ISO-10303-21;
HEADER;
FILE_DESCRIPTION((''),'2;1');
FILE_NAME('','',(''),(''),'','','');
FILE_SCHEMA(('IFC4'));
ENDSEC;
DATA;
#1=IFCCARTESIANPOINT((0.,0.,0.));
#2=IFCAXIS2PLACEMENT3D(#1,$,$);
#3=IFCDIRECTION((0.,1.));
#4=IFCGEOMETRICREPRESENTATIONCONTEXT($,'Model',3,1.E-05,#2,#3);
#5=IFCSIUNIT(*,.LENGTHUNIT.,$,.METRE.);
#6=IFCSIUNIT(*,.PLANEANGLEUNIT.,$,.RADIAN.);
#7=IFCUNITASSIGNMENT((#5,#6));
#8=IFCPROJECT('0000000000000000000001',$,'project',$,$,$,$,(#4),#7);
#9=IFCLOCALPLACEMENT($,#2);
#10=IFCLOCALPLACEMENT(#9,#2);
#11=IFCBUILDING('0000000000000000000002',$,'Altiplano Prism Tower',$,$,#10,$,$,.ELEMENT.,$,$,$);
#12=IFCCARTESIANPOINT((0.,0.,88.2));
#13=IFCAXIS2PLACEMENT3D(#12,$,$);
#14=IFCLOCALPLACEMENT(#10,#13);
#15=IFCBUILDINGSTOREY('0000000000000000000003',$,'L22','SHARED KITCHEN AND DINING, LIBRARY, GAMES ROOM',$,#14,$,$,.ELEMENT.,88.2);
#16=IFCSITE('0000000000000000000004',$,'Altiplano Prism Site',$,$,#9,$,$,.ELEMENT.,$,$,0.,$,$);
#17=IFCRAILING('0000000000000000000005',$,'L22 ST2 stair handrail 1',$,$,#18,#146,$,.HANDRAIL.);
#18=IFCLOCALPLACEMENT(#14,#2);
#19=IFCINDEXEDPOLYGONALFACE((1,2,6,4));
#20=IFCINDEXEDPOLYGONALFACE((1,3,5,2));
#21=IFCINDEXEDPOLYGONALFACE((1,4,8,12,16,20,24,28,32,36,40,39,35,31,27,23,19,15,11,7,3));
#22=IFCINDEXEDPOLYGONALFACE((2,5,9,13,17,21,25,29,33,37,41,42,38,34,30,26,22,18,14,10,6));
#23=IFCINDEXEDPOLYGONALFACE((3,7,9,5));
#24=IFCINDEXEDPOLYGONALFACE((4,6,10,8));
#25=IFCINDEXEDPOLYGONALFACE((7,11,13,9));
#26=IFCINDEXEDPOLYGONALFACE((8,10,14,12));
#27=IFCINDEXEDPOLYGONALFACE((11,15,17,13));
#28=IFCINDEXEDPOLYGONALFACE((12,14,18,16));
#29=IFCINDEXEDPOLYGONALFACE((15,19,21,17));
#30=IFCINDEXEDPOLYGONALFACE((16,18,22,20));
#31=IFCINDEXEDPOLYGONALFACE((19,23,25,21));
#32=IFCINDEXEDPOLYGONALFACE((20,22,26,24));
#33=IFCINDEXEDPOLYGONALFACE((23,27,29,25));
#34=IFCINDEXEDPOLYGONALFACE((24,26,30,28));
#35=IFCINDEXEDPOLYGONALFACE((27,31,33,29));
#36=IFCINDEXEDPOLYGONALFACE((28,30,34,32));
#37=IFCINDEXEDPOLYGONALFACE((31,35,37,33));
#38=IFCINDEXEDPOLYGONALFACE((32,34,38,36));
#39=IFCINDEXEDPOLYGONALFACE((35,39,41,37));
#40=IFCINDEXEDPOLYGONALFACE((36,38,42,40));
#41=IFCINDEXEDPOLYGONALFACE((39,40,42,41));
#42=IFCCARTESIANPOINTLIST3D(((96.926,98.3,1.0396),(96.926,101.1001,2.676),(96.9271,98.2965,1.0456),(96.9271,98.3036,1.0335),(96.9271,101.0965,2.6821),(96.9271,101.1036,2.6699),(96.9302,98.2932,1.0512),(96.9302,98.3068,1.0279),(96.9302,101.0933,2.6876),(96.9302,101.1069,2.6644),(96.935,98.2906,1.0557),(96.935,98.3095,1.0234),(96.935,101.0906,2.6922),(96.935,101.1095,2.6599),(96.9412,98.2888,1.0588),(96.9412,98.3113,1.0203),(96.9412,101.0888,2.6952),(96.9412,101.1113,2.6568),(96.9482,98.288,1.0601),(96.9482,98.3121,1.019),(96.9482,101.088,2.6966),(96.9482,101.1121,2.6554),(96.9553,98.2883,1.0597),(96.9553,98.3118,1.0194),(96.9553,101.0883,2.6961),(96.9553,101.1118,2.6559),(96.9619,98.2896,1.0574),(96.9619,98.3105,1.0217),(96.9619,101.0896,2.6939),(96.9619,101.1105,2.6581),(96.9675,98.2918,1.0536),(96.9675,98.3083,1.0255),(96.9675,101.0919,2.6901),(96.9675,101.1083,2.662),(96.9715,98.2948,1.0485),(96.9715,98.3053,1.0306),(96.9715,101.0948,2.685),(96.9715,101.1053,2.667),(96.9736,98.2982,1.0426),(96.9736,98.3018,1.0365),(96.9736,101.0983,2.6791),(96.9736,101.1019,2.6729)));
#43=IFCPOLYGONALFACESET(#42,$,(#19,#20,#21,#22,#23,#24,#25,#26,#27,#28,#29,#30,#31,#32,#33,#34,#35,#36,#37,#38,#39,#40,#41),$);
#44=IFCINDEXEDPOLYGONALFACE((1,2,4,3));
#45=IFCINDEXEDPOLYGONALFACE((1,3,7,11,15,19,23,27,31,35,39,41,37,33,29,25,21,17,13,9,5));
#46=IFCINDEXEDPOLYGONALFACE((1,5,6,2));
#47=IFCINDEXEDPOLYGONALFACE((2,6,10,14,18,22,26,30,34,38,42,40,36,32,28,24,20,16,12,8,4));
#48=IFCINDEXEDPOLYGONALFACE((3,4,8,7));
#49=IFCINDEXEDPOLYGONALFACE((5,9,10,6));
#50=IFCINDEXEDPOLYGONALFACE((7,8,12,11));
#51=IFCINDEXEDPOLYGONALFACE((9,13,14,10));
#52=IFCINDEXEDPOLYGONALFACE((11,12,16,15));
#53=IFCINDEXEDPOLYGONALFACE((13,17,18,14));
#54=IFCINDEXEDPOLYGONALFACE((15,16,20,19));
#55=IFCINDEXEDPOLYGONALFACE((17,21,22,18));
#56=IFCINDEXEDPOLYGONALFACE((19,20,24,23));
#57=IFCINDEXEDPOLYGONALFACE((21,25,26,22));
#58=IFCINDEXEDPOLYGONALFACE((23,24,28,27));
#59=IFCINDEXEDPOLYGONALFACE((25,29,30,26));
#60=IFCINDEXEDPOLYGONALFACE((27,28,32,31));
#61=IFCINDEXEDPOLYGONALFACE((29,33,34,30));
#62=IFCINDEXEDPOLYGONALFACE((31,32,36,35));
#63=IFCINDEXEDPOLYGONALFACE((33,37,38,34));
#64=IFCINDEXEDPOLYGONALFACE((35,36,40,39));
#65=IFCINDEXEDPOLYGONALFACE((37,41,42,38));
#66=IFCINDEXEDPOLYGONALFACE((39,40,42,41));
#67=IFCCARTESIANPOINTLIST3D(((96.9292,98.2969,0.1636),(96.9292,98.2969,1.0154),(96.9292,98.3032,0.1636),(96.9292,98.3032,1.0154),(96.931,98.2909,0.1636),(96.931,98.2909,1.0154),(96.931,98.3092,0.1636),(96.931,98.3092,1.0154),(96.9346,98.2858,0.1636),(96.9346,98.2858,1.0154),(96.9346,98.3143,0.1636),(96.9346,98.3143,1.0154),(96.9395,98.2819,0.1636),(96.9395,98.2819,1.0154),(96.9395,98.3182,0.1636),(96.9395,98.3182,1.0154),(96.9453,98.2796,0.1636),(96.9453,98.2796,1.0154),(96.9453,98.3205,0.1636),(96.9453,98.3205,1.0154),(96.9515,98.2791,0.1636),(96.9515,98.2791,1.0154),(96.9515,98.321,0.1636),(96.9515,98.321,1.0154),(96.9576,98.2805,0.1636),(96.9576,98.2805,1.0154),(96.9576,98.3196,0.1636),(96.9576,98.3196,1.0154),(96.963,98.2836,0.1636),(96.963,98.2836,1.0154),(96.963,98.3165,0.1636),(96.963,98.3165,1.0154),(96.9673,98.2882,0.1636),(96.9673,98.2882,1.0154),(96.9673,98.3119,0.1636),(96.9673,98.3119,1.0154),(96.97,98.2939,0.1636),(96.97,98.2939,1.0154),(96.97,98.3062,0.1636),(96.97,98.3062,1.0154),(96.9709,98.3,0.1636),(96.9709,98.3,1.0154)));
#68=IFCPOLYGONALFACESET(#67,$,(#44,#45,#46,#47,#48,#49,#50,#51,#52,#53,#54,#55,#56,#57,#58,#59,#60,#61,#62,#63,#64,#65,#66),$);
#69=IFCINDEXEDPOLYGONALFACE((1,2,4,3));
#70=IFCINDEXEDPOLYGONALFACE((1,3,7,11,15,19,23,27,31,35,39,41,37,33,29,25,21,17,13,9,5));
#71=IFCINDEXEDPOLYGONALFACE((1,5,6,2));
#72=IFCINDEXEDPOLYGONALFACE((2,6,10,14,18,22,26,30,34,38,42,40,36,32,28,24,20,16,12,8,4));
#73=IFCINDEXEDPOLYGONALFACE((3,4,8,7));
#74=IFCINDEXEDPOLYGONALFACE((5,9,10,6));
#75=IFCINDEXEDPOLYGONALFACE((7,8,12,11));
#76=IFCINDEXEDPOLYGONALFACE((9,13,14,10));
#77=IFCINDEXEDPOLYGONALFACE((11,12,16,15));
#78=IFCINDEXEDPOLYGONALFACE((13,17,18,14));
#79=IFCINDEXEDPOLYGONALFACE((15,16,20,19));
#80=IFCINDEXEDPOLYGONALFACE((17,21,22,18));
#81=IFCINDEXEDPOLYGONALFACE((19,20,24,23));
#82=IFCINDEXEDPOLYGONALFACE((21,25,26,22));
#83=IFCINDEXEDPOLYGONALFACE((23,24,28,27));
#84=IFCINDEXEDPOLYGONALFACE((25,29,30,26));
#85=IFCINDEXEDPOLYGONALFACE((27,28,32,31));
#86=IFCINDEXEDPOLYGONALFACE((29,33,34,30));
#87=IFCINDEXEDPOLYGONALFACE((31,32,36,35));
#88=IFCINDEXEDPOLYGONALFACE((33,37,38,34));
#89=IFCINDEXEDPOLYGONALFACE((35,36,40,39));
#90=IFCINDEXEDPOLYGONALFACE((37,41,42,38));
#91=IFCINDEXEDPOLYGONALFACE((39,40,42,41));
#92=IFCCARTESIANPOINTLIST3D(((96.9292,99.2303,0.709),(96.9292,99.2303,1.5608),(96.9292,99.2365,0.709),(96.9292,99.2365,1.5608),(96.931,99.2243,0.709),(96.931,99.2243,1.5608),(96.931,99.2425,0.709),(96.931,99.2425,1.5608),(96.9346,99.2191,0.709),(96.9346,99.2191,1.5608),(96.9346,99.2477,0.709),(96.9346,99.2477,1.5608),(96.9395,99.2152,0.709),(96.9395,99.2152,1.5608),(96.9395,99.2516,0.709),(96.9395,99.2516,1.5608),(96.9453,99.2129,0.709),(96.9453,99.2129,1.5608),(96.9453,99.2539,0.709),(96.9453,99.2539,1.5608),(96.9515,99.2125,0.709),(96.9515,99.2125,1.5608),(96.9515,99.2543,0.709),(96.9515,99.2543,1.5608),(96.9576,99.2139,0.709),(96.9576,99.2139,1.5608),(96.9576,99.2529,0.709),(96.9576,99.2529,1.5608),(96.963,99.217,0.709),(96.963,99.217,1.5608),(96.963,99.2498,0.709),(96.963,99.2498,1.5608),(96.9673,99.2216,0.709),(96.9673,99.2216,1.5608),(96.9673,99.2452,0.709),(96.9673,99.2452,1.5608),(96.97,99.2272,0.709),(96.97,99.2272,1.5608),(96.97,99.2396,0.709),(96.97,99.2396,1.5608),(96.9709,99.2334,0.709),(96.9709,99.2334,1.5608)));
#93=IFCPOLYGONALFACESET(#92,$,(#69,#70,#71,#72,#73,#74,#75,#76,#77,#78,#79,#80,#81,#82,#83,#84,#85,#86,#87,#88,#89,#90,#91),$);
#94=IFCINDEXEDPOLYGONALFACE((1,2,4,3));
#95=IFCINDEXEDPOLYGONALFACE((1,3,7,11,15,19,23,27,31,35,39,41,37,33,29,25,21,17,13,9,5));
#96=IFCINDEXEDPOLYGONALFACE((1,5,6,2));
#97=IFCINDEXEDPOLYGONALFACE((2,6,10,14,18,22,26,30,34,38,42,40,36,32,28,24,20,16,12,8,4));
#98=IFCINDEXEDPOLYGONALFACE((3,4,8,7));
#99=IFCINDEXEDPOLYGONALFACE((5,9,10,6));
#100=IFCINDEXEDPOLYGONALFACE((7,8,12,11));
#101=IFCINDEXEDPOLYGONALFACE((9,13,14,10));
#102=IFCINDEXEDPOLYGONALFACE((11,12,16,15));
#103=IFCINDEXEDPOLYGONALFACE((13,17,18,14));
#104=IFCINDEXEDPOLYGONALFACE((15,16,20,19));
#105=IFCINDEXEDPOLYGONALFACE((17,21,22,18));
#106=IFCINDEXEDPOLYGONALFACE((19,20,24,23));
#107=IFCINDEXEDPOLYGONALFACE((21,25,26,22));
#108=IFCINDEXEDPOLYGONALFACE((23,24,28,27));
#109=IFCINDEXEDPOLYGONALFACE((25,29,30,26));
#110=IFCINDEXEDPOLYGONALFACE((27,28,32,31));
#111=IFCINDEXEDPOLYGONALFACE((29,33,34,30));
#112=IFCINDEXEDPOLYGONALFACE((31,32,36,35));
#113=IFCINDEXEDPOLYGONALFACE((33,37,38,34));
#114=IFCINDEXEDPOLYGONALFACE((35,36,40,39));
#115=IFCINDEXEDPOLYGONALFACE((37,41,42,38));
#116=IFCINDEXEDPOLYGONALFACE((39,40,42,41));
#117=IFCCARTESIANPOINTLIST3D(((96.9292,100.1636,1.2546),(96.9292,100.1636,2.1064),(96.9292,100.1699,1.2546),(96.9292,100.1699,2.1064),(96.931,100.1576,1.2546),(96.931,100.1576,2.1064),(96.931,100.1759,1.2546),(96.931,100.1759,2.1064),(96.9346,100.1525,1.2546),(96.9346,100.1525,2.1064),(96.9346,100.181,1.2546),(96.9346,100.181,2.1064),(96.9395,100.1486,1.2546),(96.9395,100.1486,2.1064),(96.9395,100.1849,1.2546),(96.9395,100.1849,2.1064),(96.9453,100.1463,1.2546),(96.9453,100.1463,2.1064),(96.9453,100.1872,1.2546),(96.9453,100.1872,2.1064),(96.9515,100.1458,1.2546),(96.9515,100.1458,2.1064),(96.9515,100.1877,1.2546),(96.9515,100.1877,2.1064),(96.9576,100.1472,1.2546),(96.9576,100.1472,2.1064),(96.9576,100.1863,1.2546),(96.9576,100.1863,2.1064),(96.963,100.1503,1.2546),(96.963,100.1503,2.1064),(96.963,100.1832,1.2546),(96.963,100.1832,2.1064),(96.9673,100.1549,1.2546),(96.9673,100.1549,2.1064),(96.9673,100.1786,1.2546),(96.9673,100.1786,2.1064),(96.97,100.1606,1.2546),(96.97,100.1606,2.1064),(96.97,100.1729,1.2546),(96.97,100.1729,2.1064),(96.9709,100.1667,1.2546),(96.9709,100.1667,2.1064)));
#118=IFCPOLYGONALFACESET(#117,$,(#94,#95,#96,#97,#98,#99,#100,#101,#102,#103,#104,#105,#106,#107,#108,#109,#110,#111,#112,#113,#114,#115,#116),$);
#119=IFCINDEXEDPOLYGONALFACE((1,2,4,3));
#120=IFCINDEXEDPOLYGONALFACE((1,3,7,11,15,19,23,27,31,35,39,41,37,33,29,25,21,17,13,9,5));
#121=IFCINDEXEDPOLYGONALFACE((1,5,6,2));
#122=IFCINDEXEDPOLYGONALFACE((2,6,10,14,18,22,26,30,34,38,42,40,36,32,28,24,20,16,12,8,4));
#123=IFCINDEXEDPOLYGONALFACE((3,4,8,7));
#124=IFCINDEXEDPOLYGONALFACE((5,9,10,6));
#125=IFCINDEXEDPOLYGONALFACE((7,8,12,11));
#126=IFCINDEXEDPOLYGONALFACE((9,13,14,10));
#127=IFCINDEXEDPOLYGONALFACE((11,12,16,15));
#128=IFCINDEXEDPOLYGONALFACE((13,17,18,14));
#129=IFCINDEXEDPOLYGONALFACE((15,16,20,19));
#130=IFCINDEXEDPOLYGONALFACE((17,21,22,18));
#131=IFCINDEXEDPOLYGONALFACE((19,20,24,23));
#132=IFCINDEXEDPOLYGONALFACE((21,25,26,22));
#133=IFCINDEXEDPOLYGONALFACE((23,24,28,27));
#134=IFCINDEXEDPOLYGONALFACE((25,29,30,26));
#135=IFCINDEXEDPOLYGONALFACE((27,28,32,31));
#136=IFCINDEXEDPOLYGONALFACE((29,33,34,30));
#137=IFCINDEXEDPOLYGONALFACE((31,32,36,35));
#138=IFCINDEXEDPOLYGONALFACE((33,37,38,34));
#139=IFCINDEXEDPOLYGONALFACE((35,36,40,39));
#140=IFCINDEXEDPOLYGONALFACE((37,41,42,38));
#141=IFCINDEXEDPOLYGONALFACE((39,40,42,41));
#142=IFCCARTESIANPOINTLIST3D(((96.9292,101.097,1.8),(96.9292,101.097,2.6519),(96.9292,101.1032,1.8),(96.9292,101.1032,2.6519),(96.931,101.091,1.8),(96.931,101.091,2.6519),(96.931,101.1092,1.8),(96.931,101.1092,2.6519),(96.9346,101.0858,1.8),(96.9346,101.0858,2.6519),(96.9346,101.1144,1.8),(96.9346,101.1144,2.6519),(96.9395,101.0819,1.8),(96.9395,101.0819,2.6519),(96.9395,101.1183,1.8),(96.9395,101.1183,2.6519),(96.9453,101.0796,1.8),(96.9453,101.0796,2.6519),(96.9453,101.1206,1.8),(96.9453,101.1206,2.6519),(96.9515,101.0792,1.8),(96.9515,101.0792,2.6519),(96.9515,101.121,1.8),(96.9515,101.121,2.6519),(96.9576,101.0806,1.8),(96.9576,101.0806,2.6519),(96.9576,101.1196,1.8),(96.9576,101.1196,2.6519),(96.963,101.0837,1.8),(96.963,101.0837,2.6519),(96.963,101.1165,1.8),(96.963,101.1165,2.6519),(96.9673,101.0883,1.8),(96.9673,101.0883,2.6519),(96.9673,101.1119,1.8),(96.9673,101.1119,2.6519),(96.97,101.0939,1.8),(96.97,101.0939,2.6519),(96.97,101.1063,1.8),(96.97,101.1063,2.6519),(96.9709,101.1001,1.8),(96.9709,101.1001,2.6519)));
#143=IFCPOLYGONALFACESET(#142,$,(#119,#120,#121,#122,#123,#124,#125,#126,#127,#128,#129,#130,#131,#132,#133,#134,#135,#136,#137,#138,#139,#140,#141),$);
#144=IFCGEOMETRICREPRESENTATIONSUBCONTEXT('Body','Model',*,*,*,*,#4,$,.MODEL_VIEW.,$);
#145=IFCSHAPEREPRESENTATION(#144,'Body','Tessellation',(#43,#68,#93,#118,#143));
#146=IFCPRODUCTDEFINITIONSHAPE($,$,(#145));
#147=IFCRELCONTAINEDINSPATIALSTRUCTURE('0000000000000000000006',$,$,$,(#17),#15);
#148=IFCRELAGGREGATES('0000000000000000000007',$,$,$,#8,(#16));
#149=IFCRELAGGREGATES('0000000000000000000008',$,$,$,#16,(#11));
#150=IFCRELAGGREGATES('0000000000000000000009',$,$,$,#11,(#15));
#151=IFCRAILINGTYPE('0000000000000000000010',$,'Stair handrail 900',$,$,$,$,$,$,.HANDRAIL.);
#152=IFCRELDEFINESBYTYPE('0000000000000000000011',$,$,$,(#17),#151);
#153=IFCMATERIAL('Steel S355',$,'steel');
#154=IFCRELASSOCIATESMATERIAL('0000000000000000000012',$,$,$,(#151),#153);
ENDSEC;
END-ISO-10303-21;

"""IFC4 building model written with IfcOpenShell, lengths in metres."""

from ifc_helpers import new_model, si_unit, direction, frame, origin, origin_2d, place, context, subcontext, project, spatial, circle, extrude, material, type_object, element, save


model = new_model("IFC4")

# Units and contexts
model_context = context("Model", 3, precision=1e-05, world=origin(), true_north=direction((0.0, 1.0)))
body_context = subcontext(model_context, "Body", "Model", "MODEL_VIEW")
ifc_project = project(units=[si_unit("LENGTHUNIT", "METRE"), si_unit("PLANEANGLEUNIT", "RADIAN")], contexts=[model_context])

# Site, building, storey
site_placement = place(None, origin())
site = spatial("IfcSite", under=ifc_project, at=site_placement, Name="Altiplano Prism Site", CompositionType="ELEMENT", RefElevation=0.0)
building_placement = place(site_placement, origin())
building = spatial("IfcBuilding", under=site, at=building_placement, Name="Altiplano Prism Tower", CompositionType="ELEMENT")
storey_placement = place(building_placement, frame((0.0, 0.0, 88.2)))
storey = spatial("IfcBuildingStorey", under=building, at=storey_placement, Name="L22", Description="SHARED KITCHEN AND DINING, LIBRARY, GAMES ROOM", CompositionType="ELEMENT", Elevation=88.2)

# Railing
ifc_material_1 = material(Name="Steel S355", Category="steel")
railing_type_1 = type_object("IfcRailingType", Name="Stair handrail 900", PredefinedType="HANDRAIL", material=ifc_material_1)
railing_1_placement = place(storey_placement, frame((96.95, 98.3, 0.1636)))
element("IfcRailing", 1, at=railing_1_placement, inside=storey, type_object=railing_type_1, Name="L22 ST2 stair handrail 1", PredefinedType="HANDRAIL", context=body_context, shape_type="SweptSolid", body=[
    extrude(circle(Radius=0.0239, at=origin_2d()), frame((0.0, 0.0, 0.876), z_axis=(0.0, 0.863361, 0.504587), x_axis=(-1.0, 0.0, 0.0)), (0.0, 0.0, 1.0), 3.2432),
    extrude(circle(Radius=0.021, at=origin_2d()), origin(), (0.0, 0.0, 1.0), 0.8518),
    extrude(circle(Radius=0.021, at=origin_2d()), frame((0.0, 0.9333, 0.5454)), (0.0, 0.0, 1.0), 0.8518),
    extrude(circle(Radius=0.021, at=origin_2d()), frame((0.0, 1.8667, 1.0911)), (0.0, 0.0, 1.0), 0.8518),
    extrude(circle(Radius=0.021, at=origin_2d()), frame((0.0, 2.8, 1.6365)), (0.0, 0.0, 1.0), 0.8518),
])

save(model, "model.ifc")
